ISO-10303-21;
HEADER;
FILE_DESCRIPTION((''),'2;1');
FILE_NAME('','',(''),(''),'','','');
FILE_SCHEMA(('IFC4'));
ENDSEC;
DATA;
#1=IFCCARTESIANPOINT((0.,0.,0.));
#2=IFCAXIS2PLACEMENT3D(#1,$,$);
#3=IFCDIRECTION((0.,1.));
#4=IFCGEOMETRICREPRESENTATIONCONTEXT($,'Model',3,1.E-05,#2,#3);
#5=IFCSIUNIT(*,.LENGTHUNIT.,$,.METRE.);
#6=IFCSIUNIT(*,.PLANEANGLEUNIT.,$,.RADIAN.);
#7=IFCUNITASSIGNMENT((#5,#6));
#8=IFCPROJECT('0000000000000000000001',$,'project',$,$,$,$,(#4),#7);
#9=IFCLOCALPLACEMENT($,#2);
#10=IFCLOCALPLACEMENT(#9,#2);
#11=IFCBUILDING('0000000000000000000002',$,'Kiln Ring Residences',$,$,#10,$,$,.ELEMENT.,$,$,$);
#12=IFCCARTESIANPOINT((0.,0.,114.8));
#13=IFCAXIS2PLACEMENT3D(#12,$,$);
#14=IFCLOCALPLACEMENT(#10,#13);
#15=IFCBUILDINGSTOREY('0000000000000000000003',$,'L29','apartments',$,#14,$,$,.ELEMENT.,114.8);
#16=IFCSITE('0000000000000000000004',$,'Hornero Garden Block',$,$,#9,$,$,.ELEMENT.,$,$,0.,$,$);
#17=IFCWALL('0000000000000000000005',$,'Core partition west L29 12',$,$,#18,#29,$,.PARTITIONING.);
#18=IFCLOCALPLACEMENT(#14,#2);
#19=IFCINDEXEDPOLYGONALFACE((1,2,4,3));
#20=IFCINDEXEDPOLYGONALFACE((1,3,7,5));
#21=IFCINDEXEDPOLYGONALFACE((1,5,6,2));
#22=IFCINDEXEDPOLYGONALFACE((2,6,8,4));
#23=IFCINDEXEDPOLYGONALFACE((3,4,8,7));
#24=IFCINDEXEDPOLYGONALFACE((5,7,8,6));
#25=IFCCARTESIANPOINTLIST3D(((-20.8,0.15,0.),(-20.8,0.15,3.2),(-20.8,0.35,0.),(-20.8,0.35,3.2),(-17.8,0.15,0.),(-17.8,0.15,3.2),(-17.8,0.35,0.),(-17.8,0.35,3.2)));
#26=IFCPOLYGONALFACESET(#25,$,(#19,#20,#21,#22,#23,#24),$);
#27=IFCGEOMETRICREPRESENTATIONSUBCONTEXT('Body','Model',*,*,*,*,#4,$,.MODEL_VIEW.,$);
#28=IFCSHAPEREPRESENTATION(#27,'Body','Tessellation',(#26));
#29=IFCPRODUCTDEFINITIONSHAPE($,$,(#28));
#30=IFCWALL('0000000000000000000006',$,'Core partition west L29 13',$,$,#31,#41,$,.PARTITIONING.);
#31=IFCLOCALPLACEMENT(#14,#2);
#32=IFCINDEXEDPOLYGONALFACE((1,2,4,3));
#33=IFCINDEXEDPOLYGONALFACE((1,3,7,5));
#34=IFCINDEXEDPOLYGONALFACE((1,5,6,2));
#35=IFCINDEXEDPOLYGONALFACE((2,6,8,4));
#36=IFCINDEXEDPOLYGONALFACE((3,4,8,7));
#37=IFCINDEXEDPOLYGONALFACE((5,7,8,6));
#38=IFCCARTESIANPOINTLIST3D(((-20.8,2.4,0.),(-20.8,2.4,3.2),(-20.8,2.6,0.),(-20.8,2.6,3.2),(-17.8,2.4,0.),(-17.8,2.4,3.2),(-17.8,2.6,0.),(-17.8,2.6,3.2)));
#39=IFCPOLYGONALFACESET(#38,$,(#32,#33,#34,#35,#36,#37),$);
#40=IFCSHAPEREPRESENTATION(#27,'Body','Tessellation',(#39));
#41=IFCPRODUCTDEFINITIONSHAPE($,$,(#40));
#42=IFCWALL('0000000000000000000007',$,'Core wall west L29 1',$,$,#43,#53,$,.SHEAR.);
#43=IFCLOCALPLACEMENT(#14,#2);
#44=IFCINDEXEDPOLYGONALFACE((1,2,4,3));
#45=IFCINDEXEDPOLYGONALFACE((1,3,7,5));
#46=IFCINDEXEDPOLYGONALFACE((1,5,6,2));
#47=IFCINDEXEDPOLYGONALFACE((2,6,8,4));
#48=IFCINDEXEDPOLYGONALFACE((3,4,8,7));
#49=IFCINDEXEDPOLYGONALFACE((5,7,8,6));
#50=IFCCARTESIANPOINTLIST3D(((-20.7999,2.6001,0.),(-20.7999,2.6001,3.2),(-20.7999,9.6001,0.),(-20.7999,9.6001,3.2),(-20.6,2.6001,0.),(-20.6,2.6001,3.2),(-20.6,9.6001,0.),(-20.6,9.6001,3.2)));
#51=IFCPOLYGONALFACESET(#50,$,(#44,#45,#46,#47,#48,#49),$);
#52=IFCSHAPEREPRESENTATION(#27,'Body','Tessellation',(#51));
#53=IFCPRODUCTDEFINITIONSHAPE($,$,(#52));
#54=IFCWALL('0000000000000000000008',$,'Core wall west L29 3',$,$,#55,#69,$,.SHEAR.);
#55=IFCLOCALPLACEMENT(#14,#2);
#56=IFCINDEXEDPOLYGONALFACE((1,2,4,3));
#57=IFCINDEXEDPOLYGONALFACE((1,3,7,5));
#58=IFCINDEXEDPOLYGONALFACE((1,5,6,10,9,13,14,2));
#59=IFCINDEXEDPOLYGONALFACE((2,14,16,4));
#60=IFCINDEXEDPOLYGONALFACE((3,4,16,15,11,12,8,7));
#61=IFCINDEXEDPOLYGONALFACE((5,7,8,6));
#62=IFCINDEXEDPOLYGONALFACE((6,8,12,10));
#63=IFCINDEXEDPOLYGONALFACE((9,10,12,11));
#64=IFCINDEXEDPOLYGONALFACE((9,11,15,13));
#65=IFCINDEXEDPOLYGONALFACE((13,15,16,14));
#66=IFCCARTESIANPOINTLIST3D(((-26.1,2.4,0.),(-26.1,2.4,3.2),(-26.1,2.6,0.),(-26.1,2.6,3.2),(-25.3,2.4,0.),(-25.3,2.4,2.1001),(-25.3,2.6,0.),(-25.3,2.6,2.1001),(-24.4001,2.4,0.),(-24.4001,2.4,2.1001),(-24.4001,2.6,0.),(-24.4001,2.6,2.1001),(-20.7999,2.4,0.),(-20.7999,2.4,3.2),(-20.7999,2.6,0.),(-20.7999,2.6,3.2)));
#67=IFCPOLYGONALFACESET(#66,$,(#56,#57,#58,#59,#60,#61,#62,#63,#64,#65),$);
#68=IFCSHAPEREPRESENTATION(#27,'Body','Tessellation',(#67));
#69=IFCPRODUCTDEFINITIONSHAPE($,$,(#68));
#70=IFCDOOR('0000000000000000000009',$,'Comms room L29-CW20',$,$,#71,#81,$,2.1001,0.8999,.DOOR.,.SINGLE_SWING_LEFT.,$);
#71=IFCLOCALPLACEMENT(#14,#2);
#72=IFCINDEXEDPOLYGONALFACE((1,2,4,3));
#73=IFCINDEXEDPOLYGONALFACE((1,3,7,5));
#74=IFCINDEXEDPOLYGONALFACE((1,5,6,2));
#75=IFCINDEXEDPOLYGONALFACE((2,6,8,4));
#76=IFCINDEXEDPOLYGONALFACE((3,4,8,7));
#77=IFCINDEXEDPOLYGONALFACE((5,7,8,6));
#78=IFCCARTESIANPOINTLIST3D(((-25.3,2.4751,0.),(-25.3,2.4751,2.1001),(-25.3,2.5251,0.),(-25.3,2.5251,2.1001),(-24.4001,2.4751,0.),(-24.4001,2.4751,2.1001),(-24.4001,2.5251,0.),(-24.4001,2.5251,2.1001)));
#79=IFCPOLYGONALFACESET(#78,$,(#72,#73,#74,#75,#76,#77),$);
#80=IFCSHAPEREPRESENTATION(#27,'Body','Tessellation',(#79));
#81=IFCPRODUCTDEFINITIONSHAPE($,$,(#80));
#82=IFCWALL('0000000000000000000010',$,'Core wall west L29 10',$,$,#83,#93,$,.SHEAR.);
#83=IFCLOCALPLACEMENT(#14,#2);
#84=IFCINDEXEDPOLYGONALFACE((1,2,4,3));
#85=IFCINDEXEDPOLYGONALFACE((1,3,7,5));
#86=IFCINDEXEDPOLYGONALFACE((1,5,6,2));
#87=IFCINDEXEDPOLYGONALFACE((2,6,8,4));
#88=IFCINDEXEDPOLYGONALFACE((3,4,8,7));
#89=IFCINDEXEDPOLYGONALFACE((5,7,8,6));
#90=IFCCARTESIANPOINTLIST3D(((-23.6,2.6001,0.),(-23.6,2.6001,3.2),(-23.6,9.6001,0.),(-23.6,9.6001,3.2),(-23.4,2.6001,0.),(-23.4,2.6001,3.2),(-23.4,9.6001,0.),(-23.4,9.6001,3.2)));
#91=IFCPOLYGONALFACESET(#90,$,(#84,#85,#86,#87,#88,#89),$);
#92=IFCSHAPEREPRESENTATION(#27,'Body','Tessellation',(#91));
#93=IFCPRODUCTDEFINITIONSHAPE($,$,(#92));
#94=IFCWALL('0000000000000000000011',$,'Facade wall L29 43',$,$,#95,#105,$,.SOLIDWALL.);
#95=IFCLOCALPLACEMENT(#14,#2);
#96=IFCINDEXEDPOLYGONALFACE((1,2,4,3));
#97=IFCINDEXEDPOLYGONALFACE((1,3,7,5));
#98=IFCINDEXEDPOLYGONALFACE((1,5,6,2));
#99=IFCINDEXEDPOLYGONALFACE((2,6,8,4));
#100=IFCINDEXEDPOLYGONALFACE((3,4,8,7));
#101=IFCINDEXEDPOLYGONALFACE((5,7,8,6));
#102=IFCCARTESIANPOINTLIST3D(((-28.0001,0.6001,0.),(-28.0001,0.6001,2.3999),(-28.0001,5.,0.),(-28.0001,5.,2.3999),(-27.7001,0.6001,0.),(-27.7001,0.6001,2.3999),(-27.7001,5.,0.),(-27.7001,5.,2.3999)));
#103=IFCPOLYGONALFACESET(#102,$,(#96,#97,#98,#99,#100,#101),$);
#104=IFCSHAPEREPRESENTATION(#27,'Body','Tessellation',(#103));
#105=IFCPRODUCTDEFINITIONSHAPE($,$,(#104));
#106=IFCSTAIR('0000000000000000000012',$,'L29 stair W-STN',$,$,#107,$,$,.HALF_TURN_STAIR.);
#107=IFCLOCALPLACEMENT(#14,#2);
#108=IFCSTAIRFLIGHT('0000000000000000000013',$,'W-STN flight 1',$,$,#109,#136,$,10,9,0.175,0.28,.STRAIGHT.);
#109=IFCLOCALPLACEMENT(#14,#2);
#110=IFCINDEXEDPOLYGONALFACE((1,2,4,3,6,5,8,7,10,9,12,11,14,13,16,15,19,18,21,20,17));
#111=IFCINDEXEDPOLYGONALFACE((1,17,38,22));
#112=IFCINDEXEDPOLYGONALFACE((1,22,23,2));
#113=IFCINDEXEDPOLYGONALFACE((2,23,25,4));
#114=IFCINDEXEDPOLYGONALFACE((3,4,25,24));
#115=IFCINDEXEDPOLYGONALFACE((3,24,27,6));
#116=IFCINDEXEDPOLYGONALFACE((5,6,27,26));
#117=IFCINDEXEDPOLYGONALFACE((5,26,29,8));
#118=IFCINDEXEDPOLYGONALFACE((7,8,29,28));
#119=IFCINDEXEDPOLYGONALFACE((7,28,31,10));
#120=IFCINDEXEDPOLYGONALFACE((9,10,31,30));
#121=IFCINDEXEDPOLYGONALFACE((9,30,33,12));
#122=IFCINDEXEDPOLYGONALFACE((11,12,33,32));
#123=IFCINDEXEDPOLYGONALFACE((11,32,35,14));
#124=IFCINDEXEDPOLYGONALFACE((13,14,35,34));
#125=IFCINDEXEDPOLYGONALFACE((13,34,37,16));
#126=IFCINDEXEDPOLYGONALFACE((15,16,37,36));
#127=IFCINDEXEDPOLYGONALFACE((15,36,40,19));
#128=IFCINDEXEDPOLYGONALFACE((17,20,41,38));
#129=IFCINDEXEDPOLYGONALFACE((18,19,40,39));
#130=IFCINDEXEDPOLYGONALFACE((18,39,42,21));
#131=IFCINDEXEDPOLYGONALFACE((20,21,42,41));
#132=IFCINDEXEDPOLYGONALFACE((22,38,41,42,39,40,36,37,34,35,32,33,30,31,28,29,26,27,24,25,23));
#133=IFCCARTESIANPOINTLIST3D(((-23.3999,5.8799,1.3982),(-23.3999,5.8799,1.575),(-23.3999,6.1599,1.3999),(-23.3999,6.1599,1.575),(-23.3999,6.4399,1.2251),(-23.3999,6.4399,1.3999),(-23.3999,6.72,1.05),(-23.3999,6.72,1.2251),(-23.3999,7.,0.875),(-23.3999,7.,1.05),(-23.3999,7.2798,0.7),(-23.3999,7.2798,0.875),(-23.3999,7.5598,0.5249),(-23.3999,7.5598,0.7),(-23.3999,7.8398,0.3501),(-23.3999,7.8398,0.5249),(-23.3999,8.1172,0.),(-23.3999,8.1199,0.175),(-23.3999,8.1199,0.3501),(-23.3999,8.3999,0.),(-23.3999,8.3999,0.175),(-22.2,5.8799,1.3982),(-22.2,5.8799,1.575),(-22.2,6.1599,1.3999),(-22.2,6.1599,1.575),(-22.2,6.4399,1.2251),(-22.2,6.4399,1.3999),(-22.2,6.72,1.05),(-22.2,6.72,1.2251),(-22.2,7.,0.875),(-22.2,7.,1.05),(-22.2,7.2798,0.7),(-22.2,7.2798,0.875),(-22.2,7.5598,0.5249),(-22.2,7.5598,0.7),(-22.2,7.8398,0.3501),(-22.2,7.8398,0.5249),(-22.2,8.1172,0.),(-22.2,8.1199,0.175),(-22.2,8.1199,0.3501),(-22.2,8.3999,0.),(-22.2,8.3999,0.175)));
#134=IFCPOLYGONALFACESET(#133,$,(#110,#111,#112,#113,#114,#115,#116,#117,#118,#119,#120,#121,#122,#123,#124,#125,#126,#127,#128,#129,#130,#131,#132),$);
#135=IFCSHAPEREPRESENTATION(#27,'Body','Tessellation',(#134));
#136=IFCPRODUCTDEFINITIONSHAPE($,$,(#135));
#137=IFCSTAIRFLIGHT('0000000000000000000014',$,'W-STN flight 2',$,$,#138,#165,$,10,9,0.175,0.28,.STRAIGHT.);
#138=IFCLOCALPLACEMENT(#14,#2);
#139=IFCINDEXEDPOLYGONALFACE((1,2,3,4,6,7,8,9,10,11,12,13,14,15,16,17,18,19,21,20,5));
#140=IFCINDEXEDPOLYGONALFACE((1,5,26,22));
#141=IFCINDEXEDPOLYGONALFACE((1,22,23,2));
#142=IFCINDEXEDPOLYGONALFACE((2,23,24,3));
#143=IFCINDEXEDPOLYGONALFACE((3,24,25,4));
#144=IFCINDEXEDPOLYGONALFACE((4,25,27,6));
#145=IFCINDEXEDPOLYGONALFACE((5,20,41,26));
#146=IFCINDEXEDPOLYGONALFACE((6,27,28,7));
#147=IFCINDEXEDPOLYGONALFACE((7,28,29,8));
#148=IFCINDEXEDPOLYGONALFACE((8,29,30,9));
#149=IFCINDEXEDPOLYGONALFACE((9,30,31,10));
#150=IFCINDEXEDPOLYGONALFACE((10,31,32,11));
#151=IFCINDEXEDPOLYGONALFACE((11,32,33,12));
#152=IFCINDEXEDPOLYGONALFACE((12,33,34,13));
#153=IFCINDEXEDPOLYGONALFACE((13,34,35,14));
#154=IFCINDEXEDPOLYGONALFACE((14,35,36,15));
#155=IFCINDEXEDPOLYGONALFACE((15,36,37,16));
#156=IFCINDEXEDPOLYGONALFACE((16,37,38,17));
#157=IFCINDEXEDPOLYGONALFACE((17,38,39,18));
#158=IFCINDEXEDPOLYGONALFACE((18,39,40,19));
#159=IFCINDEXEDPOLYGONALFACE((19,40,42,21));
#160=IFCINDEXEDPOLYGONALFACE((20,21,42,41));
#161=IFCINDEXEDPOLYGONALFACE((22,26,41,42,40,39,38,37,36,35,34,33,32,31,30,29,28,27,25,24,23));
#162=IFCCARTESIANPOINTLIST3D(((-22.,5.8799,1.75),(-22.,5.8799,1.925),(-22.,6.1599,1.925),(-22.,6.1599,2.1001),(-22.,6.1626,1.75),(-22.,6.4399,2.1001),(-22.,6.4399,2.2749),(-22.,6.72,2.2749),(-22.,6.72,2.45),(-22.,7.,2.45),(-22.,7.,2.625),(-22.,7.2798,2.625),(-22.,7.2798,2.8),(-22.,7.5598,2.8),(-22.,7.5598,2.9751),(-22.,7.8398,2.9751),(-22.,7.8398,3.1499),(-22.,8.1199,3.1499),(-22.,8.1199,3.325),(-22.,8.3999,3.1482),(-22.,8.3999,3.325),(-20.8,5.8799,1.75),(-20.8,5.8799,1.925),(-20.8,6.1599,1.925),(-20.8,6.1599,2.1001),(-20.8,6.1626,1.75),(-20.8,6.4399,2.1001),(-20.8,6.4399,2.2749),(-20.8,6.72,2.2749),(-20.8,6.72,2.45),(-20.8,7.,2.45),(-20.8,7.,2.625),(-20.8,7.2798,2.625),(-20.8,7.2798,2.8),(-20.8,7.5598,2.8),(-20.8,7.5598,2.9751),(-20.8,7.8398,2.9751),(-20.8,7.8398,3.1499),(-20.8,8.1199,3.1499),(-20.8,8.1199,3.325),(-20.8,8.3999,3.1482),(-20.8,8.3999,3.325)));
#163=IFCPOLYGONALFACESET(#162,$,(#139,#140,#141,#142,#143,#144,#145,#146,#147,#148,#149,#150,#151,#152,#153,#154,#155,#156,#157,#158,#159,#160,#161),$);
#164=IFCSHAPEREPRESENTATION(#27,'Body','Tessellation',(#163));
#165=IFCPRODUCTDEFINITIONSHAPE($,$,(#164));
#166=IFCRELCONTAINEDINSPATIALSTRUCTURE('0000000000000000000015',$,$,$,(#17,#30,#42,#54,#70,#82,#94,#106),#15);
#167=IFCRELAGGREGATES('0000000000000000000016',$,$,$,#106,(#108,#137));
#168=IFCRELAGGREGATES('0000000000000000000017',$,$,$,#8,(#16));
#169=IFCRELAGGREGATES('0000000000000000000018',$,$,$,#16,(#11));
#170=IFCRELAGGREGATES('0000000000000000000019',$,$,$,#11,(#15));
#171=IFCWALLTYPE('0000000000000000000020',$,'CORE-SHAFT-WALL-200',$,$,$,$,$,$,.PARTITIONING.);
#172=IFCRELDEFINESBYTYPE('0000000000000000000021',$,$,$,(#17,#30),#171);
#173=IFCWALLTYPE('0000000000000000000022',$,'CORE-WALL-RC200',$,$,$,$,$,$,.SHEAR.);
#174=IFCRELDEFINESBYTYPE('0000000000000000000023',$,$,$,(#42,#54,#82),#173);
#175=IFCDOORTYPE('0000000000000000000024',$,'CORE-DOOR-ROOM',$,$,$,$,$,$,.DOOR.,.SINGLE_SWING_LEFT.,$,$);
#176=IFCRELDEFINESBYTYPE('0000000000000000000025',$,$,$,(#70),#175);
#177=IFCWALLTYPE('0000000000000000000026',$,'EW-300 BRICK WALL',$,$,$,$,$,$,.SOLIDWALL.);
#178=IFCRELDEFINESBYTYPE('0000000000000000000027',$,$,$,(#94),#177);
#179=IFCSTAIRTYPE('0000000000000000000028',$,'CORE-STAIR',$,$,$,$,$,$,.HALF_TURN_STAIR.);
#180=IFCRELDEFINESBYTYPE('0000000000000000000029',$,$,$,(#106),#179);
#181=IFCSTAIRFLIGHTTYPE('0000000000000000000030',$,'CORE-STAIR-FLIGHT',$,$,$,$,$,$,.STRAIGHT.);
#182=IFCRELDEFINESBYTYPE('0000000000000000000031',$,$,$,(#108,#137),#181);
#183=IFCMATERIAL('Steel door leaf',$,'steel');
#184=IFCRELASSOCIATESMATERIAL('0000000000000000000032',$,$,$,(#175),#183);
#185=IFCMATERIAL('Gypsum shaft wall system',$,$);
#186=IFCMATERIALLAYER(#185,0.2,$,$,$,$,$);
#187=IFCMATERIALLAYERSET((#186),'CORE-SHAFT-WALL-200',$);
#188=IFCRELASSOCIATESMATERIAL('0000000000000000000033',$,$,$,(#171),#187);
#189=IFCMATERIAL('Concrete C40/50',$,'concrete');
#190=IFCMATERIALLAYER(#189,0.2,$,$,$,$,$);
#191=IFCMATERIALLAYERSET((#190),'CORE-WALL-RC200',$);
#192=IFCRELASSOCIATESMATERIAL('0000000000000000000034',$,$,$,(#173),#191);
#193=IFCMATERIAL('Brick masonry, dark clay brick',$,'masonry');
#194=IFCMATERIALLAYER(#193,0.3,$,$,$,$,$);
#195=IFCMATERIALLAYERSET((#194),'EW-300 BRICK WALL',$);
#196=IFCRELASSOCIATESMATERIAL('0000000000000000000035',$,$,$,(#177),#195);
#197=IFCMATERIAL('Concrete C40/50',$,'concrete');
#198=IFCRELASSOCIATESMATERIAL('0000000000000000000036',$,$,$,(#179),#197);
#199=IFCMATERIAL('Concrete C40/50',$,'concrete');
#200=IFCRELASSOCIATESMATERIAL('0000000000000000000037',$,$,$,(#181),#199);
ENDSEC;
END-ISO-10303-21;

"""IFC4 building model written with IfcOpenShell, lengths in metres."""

from ifc_helpers import new_model, si_unit, direction, frame, frame_2d, origin, place, context, subcontext, project, spatial, polyline, rectangle, outline, extrude, material, layer, layer_set, type_object, element, fill, aggregate, save


model = new_model("IFC4")

# Units and contexts
model_context = context("Model", 3, precision=1e-05, world=origin(), true_north=direction((0.0, 1.0)))
body_context = subcontext(model_context, "Body", "Model", "MODEL_VIEW")
ifc_project = project(units=[si_unit("LENGTHUNIT", "METRE"), si_unit("PLANEANGLEUNIT", "RADIAN")], contexts=[model_context])

# Site, building, storey
site_placement = place(None, origin())
site = spatial("IfcSite", under=ifc_project, at=site_placement, Name="Hornero Garden Block", CompositionType="ELEMENT", RefElevation=0.0)
building_placement = place(site_placement, origin())
building = spatial("IfcBuilding", under=site, at=building_placement, Name="Kiln Ring Residences", CompositionType="ELEMENT")
storey_placement = place(building_placement, frame((0.0, 0.0, 114.8)))
storey = spatial("IfcBuildingStorey", under=building, at=storey_placement, Name="L29", Description="apartments", CompositionType="ELEMENT", Elevation=114.8)

# Shared definitions
ifc_material_1 = material(Name="Steel door leaf", Category="steel")
door_type = type_object("IfcDoorType", Name="CORE-DOOR-ROOM", OperationType="SINGLE_SWING_LEFT", PredefinedType="DOOR", material=ifc_material_1)

# Walls
ifc_material_2 = material(Name="Gypsum shaft wall system")
ifc_layer_1 = layer(ifc_material_2, 0.2)
ifc_layer_set_1 = layer_set([ifc_layer_1], Name="CORE-SHAFT-WALL-200")
wall_type_1 = type_object("IfcWallType", Name="CORE-SHAFT-WALL-200", PredefinedType="PARTITIONING", material=ifc_layer_set_1)
for number, where, z_axis, x_axis, name in (
    (1, (-17.8, 0.25, 0.0), (0.0, 0.0, 1.0), (-1.0, 0.0, 0.0), "Core partition west L29 12"),
    (2, (-17.8, 2.5, 0.0), (0.0, 0.0, 1.0), (-1.0, 0.0, 0.0), "Core partition west L29 13"),
):
    element("IfcWall", number, at=place(storey_placement, frame(where, z_axis=z_axis, x_axis=x_axis)), inside=storey, type_object=wall_type_1, Name=name, PredefinedType="PARTITIONING", context=body_context, shape_type="SweptSolid", body=[
        extrude(rectangle(XDim=3.0, YDim=0.2, at=frame_2d((1.5, 0.0))), origin(), (0.0, 0.0, 1.0), 3.2),
    ])
ifc_material_3 = material(Name="Concrete C40/50", Category="concrete")
ifc_layer_2 = layer(ifc_material_3, 0.2)
ifc_layer_set_2 = layer_set([ifc_layer_2], Name="CORE-WALL-RC200")
wall_type_2 = type_object("IfcWallType", Name="CORE-WALL-RC200", PredefinedType="SHEAR", material=ifc_layer_set_2)
wall_1_placement = place(storey_placement, frame((-20.7, 2.6001, 0.0), z_axis=(0.0, 0.0, 1.0), x_axis=(0.0, 1.0, 0.0)))
element("IfcWall", 3, at=wall_1_placement, inside=storey, type_object=wall_type_2, Name="Core wall west L29 1", PredefinedType="SHEAR", context=body_context, shape_type="SweptSolid", body=[
    extrude(rectangle(XDim=7.0, YDim=0.2, at=frame_2d((3.5, 0.0))), origin(), (0.0, 0.0, 1.0), 3.2),
])

# Wall, opening, door
wall_2_placement = place(storey_placement, frame((-20.8, 2.5, 0.0), z_axis=(0.0, 0.0, 1.0), x_axis=(-1.0, 0.0, 0.0)))
wall_2 = element("IfcWall", 4, at=wall_2_placement, inside=storey, type_object=wall_type_2, Name="Core wall west L29 3", PredefinedType="SHEAR", context=body_context, shape_type="SweptSolid", body=[
    extrude(rectangle(XDim=5.3, YDim=0.2, at=frame_2d((2.6499, 0.0))), origin(), (0.0, 0.0, 1.0), 3.2),
])
opening_1_placement = place(wall_2_placement, frame((3.6001, 0.0, 0.0)))
opening_1 = element("IfcOpeningElement", 5, at=opening_1_placement, cuts=wall_2, PredefinedType="OPENING", context=body_context, shape_type="SweptSolid", body=[
    extrude(rectangle(XDim=0.8999, YDim=2.1001, at=frame_2d((0.45, 1.05))), frame((0.0, 0.1099, 0.0), z_axis=(0.0, -1.0, 0.0), x_axis=(1.0, 0.0, 0.0)), (0.0, 0.0, 1.0), 0.22),
])
door_1_placement = place(opening_1_placement, origin())
door_1 = element("IfcDoor", 6, at=door_1_placement, inside=storey, type_object=door_type, Name="Comms room L29-CW20", OperationType="SINGLE_SWING_LEFT", OverallHeight=2.1001, OverallWidth=0.8999, PredefinedType="DOOR", context=body_context, shape_type="SweptSolid", body=[
    extrude(rectangle(XDim=0.8999, YDim=2.1001, at=frame_2d((0.45, 1.05))), frame((0.0, 0.0249, 0.0), z_axis=(0.0, -1.0, 0.0), x_axis=(1.0, 0.0, 0.0)), (0.0, 0.0, 1.0), 0.05),
])
fill(opening_1, door_1)

# Walls
wall_3_placement = place(storey_placement, frame((-23.5, 2.6001, 0.0), z_axis=(0.0, 0.0, 1.0), x_axis=(0.0, 1.0, 0.0)))
element("IfcWall", 7, at=wall_3_placement, inside=storey, type_object=wall_type_2, Name="Core wall west L29 10", PredefinedType="SHEAR", context=body_context, shape_type="SweptSolid", body=[
    extrude(rectangle(XDim=7.0, YDim=0.2, at=frame_2d((3.5, 0.0))), origin(), (0.0, 0.0, 1.0), 3.2),
])
ifc_material_4 = material(Name="Brick masonry, dark clay brick", Category="masonry")
ifc_layer_3 = layer(ifc_material_4, 0.3)
ifc_layer_set_3 = layer_set([ifc_layer_3], Name="EW-300 BRICK WALL")
wall_type_3 = type_object("IfcWallType", Name="EW-300 BRICK WALL", PredefinedType="SOLIDWALL", material=ifc_layer_set_3)
wall_4_placement = place(storey_placement, frame((-27.8501, 5.0, 0.0), z_axis=(0.0, 0.0, 1.0), x_axis=(0.0, -1.0, 0.0)))
element("IfcWall", 8, at=wall_4_placement, inside=storey, type_object=wall_type_3, Name="Facade wall L29 43", PredefinedType="SOLIDWALL", context=body_context, shape_type="SweptSolid", body=[
    extrude(rectangle(XDim=4.3999, YDim=0.3, at=frame_2d((2.2, 0.0))), origin(), (0.0, 0.0, 1.0), 2.3999),
])

# Stair, stair flights
ifc_material_5 = material(Name="Concrete C40/50", Category="concrete")
stair_type = type_object("IfcStairType", Name="CORE-STAIR", PredefinedType="HALF_TURN_STAIR", material=ifc_material_5)
stair_placement = place(storey_placement, origin())
stair = element("IfcStair", 9, at=stair_placement, inside=storey, type_object=stair_type, Name="L29 stair W-STN", PredefinedType="HALF_TURN_STAIR")
ifc_material_6 = material(Name="Concrete C40/50", Category="concrete")
stair_flight_type = type_object("IfcStairFlightType", Name="CORE-STAIR-FLIGHT", PredefinedType="STRAIGHT", material=ifc_material_6)
stair_flight_1_placement = place(storey_placement, frame((-22.8, 8.3999, 0.0), z_axis=(0.0, 0.0, 1.0), x_axis=(0.0, -1.0, 0.0)))
stair_flight_1 = element("IfcStairFlight", 10, at=stair_flight_1_placement, type_object=stair_flight_type, Name="W-STN flight 1", NumberOfRisers=10, NumberOfTreads=9, PredefinedType="STRAIGHT", RiserHeight=0.175, TreadLength=0.28, context=body_context, shape_type="SweptSolid", body=[
    extrude(outline(polyline([(0.0, 0.0), (0.0, 0.175), (0.28, 0.175), (0.28, 0.3501), (0.5601, 0.3501), (0.5601, 0.5249), (0.8401, 0.5249), (0.8401, 0.7), (1.1201, 0.7), (1.1201, 0.875), (1.3999, 0.875), (1.3999, 1.05), (1.6799, 1.05), (1.6799, 1.2251), (1.96, 1.2251), (1.96, 1.3999), (2.24, 1.3999), (2.24, 1.575), (2.52, 1.575), (2.52, 1.75), (2.52, 1.3982), (0.2827, 0.0), (0.0, 0.0)])), frame((0.0, 0.6001, 0.0), z_axis=(0.0, -1.0, 0.0), x_axis=(1.0, 0.0, 0.0)), (0.0, 0.0, 1.0), 1.2),
])
stair_flight_2_placement = place(storey_placement, frame((-21.3999, 5.8799, 1.75), z_axis=(0.0, 0.0, 1.0), x_axis=(0.0, 1.0, 0.0)))
stair_flight_2 = element("IfcStairFlight", 11, at=stair_flight_2_placement, type_object=stair_flight_type, Name="W-STN flight 2", NumberOfRisers=10, NumberOfTreads=9, PredefinedType="STRAIGHT", RiserHeight=0.175, TreadLength=0.28, context=body_context, shape_type="SweptSolid", body=[
    extrude(outline(polyline([(0.0, 0.0), (0.0, 0.175), (0.28, 0.175), (0.28, 0.3501), (0.5601, 0.3501), (0.5601, 0.5249), (0.8401, 0.5249), (0.8401, 0.7), (1.1201, 0.7), (1.1201, 0.875), (1.3999, 0.875), (1.3999, 1.05), (1.6799, 1.05), (1.6799, 1.2251), (1.96, 1.2251), (1.96, 1.3999), (2.24, 1.3999), (2.24, 1.575), (2.52, 1.575), (2.52, 1.75), (2.52, 1.3982), (0.2827, 0.0), (0.0, 0.0)])), frame((0.0, 0.6001, 0.0), z_axis=(0.0, -1.0, 0.0), x_axis=(1.0, 0.0, 0.0)), (0.0, 0.0, 1.0), 1.2),
])
aggregate(stair, [stair_flight_1, stair_flight_2])

save(model, "model.ifc")
